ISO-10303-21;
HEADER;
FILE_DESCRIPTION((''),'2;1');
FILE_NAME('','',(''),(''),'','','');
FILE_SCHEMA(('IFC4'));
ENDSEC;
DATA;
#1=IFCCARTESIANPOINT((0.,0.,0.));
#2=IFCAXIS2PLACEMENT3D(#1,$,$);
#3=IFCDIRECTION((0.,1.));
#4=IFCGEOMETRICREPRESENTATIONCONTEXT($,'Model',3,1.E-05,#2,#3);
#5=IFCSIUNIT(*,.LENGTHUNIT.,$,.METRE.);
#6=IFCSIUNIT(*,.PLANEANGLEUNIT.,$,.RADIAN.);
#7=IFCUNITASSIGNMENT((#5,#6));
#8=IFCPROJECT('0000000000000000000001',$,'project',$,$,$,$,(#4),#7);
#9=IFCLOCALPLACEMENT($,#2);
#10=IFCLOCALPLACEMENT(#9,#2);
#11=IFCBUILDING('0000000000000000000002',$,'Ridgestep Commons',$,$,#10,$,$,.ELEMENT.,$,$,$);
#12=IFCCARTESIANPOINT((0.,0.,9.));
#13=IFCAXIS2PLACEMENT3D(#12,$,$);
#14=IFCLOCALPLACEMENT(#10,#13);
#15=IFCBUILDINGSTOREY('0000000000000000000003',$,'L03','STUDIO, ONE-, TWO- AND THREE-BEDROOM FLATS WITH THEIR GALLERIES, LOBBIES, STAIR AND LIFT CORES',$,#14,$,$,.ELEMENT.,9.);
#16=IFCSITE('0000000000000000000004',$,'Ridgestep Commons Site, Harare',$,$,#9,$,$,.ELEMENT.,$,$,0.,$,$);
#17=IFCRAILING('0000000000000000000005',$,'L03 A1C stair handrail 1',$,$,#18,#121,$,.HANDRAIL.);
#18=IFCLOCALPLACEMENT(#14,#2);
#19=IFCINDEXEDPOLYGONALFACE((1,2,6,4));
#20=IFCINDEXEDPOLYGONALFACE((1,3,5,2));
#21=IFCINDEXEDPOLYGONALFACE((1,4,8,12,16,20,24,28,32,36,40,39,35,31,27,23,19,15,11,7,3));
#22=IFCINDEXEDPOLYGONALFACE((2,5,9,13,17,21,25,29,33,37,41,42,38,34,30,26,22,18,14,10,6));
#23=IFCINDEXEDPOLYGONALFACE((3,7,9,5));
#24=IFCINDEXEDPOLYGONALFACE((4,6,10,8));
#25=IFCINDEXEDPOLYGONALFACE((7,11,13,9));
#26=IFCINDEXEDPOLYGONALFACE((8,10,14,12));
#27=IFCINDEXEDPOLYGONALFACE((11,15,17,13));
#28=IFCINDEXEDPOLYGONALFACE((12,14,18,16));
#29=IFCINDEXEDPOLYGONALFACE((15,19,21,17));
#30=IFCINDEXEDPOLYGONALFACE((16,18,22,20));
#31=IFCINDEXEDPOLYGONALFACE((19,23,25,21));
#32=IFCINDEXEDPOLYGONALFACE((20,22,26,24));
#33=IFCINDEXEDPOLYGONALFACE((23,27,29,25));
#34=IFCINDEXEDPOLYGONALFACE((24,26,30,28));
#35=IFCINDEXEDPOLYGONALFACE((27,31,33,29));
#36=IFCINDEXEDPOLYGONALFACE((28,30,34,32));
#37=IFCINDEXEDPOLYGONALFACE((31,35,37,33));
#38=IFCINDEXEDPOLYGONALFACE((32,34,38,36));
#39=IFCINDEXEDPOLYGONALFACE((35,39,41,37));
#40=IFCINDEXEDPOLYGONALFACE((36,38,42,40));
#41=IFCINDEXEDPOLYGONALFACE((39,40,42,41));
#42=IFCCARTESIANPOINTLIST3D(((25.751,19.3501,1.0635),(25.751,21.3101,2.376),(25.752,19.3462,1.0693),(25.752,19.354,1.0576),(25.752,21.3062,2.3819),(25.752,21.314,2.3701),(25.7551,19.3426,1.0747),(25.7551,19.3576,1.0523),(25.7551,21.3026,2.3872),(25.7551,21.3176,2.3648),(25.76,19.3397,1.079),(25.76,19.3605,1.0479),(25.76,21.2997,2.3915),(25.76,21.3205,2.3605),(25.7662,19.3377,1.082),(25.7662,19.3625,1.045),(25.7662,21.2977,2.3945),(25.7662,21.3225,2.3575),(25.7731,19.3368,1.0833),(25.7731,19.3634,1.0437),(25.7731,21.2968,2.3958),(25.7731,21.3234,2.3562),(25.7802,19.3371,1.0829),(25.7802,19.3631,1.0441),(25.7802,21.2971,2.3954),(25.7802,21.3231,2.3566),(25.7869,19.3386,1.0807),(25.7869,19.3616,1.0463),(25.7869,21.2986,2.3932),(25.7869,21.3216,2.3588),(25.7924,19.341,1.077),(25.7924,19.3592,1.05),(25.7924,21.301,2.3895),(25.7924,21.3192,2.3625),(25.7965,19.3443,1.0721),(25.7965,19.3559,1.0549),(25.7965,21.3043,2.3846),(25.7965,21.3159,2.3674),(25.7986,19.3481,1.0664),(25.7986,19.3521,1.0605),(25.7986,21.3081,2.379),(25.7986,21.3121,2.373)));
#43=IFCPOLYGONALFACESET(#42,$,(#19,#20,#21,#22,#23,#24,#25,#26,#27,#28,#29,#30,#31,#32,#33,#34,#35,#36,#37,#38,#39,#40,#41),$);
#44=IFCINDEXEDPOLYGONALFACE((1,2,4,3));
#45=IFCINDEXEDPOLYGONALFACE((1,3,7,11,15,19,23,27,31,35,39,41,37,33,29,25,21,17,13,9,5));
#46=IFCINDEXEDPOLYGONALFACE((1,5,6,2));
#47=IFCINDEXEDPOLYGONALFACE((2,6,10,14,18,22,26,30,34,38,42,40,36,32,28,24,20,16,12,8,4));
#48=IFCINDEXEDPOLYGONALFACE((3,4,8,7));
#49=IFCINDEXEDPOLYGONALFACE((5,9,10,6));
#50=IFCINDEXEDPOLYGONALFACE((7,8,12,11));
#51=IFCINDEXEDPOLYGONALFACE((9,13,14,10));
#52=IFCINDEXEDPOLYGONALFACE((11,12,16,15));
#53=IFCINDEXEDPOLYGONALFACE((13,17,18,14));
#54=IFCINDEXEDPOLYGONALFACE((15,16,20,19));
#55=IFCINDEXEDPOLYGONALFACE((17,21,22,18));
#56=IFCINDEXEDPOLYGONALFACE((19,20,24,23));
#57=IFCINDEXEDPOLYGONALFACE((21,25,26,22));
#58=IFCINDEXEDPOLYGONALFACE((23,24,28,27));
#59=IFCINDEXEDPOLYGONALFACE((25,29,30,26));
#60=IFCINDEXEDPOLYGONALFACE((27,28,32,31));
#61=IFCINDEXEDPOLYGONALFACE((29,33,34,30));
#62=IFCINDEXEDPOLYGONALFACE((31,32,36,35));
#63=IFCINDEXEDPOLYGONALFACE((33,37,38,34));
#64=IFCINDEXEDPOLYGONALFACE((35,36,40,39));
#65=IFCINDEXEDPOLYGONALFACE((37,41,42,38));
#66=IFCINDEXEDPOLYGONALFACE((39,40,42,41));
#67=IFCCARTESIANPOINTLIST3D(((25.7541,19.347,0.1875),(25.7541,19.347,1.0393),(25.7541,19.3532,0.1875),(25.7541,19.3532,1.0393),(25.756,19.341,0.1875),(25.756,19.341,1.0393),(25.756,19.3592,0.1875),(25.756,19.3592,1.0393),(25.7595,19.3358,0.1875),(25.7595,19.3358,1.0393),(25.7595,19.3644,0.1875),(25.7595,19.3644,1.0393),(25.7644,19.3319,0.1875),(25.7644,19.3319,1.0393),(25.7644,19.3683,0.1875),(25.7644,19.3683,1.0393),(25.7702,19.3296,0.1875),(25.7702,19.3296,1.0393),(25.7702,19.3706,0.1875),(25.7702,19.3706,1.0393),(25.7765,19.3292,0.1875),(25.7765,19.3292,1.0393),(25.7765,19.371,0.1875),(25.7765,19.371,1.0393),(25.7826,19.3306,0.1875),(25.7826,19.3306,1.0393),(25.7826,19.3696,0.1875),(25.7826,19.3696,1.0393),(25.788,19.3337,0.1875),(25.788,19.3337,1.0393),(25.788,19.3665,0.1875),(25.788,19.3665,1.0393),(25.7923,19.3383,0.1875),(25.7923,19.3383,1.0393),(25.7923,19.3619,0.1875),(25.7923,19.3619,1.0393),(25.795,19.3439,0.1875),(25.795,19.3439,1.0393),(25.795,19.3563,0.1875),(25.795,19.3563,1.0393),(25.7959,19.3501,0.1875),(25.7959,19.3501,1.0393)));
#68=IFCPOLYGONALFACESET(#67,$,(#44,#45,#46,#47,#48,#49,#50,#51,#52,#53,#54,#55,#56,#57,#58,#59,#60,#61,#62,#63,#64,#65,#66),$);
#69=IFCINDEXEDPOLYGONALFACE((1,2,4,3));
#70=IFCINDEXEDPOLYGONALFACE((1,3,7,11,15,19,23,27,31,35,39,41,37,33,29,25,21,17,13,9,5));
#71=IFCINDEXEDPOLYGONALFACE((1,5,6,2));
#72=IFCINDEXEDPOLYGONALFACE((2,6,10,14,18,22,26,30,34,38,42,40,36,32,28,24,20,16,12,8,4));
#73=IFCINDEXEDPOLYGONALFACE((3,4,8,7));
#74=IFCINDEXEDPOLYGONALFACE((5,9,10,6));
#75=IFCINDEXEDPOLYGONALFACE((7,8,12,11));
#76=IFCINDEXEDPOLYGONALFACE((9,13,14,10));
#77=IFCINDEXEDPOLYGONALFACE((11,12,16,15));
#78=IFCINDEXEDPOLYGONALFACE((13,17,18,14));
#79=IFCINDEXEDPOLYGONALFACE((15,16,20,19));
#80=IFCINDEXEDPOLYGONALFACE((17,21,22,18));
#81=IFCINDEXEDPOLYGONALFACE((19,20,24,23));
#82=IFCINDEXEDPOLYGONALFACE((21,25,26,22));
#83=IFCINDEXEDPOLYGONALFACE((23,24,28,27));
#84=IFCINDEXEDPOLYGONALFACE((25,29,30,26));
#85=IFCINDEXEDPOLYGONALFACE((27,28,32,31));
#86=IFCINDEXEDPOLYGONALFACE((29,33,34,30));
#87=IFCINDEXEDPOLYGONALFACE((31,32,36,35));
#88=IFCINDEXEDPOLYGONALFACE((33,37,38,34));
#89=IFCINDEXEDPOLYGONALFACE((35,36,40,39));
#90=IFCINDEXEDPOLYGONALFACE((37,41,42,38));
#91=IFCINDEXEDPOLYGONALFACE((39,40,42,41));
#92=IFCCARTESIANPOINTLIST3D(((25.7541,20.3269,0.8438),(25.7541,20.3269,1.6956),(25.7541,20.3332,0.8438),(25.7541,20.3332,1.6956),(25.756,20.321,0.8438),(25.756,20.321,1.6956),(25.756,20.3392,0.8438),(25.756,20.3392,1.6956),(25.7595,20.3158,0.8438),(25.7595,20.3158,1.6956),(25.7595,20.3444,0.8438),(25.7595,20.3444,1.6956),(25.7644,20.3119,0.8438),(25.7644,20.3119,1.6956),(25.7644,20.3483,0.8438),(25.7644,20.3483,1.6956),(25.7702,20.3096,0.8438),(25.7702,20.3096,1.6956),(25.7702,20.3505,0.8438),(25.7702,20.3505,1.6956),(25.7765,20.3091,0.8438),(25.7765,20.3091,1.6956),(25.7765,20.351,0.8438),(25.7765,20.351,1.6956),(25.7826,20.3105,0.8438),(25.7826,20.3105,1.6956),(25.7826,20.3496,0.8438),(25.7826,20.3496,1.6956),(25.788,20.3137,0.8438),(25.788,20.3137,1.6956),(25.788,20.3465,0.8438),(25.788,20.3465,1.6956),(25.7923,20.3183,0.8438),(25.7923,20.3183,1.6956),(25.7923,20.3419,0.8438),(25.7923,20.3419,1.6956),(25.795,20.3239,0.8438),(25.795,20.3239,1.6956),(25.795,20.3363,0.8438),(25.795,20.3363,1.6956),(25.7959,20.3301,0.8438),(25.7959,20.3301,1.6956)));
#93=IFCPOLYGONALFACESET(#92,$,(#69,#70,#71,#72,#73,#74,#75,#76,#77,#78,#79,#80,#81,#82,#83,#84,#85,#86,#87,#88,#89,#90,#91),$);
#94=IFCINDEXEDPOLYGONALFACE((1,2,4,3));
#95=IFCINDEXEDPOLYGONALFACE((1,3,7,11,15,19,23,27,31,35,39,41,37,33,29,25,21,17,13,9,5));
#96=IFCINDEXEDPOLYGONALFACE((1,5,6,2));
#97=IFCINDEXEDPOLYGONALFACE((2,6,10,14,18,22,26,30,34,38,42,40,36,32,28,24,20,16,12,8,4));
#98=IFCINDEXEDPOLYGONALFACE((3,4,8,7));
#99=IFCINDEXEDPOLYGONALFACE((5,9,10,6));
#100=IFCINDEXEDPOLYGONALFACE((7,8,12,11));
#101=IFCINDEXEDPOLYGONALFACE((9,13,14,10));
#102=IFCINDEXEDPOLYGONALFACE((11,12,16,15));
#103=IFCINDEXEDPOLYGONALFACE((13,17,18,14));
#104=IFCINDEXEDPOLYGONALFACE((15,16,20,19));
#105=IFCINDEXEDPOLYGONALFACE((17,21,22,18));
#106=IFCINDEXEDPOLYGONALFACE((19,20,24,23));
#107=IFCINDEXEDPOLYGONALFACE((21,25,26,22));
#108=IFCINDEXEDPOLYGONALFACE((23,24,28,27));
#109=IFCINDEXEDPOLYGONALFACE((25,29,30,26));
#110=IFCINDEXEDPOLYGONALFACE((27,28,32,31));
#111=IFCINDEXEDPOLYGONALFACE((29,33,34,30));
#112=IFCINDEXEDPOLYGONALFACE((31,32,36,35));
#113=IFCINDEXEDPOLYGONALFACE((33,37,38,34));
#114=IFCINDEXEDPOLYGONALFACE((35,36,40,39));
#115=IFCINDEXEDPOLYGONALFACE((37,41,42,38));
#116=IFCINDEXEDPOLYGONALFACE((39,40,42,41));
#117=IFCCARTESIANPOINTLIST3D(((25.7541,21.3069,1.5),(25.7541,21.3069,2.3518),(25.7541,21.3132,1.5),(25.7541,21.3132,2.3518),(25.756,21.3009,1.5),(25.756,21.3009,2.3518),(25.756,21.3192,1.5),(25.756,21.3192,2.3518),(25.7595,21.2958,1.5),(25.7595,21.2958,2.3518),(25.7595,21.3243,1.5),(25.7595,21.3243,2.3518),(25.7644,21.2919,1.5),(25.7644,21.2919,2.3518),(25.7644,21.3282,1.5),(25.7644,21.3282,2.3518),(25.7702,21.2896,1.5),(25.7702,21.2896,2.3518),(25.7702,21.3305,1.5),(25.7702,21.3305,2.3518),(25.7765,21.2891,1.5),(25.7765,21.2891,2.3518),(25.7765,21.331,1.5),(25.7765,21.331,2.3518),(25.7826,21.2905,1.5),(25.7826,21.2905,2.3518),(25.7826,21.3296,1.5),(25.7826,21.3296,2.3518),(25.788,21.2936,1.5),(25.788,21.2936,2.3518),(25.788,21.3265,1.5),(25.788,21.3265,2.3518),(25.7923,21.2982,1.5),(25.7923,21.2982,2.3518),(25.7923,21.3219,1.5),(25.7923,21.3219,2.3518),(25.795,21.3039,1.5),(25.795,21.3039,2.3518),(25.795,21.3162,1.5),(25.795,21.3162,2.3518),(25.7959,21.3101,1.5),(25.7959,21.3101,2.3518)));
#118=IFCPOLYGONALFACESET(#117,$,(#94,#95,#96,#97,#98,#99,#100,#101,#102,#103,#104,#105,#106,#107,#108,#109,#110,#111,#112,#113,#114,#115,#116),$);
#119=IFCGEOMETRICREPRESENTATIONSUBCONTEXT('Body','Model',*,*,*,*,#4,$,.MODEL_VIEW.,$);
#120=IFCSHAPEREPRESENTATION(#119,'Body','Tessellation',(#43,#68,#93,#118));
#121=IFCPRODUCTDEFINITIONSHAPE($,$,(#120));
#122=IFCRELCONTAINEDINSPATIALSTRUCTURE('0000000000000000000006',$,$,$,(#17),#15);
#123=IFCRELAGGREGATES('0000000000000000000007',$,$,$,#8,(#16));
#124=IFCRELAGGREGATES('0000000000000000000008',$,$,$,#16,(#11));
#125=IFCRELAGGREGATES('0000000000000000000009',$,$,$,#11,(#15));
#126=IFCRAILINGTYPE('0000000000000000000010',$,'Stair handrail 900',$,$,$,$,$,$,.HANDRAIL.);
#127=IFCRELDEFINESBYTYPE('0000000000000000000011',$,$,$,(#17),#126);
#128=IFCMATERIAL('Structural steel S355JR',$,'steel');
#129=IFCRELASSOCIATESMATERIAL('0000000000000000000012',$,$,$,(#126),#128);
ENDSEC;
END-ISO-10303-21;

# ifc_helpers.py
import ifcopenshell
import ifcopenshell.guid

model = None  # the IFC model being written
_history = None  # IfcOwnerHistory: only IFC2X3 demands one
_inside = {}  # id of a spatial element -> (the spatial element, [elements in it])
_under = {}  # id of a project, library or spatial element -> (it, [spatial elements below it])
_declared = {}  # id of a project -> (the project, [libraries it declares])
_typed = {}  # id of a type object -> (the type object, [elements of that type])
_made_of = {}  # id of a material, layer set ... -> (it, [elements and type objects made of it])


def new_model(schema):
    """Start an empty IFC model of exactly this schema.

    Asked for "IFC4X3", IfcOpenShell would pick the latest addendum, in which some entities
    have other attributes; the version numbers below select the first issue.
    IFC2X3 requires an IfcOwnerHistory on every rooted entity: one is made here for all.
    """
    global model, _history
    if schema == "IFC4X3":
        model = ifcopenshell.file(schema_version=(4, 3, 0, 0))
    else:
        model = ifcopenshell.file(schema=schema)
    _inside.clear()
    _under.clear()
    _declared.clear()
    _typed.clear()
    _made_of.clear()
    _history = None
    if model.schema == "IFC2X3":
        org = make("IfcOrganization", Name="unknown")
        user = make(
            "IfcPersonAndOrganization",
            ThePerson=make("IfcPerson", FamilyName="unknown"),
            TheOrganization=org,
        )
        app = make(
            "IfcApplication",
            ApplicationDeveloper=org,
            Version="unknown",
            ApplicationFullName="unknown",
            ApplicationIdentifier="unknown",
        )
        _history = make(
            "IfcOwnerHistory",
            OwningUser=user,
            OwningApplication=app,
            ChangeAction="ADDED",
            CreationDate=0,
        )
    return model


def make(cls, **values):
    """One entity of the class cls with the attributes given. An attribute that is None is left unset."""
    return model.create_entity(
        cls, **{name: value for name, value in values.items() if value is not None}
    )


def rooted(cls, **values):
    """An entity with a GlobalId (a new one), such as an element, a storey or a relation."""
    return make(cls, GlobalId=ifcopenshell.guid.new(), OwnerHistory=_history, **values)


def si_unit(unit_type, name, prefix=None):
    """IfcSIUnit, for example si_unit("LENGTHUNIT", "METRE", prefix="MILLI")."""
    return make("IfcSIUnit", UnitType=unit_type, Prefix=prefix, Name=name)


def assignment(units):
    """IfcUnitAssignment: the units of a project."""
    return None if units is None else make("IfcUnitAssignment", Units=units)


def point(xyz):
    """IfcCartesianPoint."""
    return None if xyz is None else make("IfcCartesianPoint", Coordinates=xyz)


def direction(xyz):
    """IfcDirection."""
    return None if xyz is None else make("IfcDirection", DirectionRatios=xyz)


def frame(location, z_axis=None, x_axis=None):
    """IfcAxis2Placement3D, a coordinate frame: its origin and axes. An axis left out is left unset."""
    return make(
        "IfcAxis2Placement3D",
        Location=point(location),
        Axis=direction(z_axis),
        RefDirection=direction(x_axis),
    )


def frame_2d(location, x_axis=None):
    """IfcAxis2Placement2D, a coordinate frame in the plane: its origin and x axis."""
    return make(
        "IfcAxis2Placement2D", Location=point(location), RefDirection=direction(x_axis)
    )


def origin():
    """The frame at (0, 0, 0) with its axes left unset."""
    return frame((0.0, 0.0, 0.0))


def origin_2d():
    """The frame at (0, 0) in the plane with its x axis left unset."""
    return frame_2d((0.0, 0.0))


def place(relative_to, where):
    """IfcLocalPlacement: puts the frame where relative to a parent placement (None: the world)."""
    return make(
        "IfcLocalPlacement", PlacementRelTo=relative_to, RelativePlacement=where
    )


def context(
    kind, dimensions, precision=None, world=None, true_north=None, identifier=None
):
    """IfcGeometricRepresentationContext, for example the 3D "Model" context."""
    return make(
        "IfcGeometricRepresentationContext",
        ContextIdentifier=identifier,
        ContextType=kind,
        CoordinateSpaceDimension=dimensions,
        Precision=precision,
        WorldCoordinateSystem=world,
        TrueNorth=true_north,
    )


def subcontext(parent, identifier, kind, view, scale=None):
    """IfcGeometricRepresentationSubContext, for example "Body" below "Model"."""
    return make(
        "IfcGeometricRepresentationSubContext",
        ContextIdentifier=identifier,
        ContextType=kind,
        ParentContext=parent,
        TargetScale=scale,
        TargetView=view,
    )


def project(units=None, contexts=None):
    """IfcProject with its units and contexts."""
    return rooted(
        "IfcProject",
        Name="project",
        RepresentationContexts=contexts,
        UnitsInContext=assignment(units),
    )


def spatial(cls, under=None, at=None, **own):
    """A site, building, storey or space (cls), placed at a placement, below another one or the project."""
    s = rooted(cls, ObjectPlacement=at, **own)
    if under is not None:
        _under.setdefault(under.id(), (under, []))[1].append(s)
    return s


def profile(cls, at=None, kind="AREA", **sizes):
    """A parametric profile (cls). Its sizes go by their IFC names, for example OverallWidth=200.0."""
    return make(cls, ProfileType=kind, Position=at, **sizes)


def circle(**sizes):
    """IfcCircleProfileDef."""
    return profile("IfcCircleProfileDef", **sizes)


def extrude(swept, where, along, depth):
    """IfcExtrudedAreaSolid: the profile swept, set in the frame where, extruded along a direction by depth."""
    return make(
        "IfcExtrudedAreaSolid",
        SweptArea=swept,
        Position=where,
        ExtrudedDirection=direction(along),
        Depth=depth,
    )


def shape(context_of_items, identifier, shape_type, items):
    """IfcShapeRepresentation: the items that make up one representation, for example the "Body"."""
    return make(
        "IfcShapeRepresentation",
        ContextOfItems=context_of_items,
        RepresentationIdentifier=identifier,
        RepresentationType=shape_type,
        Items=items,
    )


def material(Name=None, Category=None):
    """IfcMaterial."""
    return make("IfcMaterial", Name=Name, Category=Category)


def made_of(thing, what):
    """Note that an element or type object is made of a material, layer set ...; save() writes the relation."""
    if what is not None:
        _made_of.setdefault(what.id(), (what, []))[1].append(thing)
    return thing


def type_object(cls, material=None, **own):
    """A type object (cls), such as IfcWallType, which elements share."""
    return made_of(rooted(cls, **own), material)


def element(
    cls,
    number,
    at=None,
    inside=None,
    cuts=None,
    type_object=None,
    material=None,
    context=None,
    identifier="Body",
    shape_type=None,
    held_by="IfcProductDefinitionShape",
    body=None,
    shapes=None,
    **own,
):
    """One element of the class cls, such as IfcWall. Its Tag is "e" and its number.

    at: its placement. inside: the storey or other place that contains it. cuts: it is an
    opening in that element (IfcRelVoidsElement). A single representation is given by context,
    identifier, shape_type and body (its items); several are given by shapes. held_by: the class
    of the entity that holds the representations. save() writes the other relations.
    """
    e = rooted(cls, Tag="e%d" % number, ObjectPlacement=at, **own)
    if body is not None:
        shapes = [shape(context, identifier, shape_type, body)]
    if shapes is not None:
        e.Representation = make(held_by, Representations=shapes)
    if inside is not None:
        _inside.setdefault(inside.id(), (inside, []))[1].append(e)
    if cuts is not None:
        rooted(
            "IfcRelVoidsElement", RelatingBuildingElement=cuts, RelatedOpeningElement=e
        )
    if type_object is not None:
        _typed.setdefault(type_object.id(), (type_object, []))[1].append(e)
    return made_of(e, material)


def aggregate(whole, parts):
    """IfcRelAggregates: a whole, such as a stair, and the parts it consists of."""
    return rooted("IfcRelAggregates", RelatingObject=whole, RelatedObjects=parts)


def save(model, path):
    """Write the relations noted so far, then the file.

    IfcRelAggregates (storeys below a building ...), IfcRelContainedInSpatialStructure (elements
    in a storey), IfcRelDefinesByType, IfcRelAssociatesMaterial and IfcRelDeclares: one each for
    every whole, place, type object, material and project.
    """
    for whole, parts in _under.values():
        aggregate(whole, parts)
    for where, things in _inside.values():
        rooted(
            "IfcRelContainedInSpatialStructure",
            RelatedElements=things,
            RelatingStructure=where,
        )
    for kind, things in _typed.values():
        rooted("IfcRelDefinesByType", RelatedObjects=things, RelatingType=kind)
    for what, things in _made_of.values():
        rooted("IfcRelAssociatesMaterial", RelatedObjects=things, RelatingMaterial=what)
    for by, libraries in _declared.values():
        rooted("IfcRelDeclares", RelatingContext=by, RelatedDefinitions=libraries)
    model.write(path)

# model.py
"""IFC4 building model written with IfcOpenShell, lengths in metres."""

from ifc_helpers import new_model, si_unit, direction, frame, origin, origin_2d, place, context, subcontext, project, spatial, circle, extrude, material, type_object, element, save


model = new_model("IFC4")

# Units and contexts
model_context = context("Model", 3, precision=1e-05, world=origin(), true_north=direction((0.0, 1.0)))
body_context = subcontext(model_context, "Body", "Model", "MODEL_VIEW")
ifc_project = project(units=[si_unit("LENGTHUNIT", "METRE"), si_unit("PLANEANGLEUNIT", "RADIAN")], contexts=[model_context])

# Site, building, storey
site_placement = place(None, origin())
site = spatial("IfcSite", under=ifc_project, at=site_placement, Name="Ridgestep Commons Site, Harare", CompositionType="ELEMENT", RefElevation=0.0)
building_placement = place(site_placement, origin())
building = spatial("IfcBuilding", under=site, at=building_placement, Name="Ridgestep Commons", CompositionType="ELEMENT")
storey_placement = place(building_placement, frame((0.0, 0.0, 9.0)))
storey = spatial("IfcBuildingStorey", under=building, at=storey_placement, Name="L03", Description="STUDIO, ONE-, TWO- AND THREE-BEDROOM FLATS WITH THEIR GALLERIES, LOBBIES, STAIR AND LIFT CORES", CompositionType="ELEMENT", Elevation=9.0)

# Railing
ifc_material_1 = material(Name="Structural steel S355JR", Category="steel")
railing_type_1 = type_object("IfcRailingType", Name="Stair handrail 900", PredefinedType="HANDRAIL", material=ifc_material_1)
railing_1_placement = place(storey_placement, frame((25.7749, 19.3501, 0.1875)))
element("IfcRailing", 1, at=railing_1_placement, inside=storey, type_object=railing_type_1, Name="L03 A1C stair handrail 1", PredefinedType="HANDRAIL", context=body_context, shape_type="SweptSolid", body=[
    extrude(circle(Radius=0.0239, at=origin_2d()), frame((0.0, 0.0, 0.876), z_axis=(0.0, 0.830902, 0.556419), x_axis=(-1.0, 0.0, 0.0)), (0.0, 0.0, 1.0), 2.3589),
    extrude(circle(Radius=0.021, at=origin_2d()), origin(), (0.0, 0.0, 1.0), 0.8518),
    extrude(circle(Radius=0.021, at=origin_2d()), frame((0.0, 0.98, 0.6562)), (0.0, 0.0, 1.0), 0.8518),
    extrude(circle(Radius=0.021, at=origin_2d()), frame((0.0, 1.96, 1.3125)), (0.0, 0.0, 1.0), 0.8518),
])

save(model, "model.ifc")
